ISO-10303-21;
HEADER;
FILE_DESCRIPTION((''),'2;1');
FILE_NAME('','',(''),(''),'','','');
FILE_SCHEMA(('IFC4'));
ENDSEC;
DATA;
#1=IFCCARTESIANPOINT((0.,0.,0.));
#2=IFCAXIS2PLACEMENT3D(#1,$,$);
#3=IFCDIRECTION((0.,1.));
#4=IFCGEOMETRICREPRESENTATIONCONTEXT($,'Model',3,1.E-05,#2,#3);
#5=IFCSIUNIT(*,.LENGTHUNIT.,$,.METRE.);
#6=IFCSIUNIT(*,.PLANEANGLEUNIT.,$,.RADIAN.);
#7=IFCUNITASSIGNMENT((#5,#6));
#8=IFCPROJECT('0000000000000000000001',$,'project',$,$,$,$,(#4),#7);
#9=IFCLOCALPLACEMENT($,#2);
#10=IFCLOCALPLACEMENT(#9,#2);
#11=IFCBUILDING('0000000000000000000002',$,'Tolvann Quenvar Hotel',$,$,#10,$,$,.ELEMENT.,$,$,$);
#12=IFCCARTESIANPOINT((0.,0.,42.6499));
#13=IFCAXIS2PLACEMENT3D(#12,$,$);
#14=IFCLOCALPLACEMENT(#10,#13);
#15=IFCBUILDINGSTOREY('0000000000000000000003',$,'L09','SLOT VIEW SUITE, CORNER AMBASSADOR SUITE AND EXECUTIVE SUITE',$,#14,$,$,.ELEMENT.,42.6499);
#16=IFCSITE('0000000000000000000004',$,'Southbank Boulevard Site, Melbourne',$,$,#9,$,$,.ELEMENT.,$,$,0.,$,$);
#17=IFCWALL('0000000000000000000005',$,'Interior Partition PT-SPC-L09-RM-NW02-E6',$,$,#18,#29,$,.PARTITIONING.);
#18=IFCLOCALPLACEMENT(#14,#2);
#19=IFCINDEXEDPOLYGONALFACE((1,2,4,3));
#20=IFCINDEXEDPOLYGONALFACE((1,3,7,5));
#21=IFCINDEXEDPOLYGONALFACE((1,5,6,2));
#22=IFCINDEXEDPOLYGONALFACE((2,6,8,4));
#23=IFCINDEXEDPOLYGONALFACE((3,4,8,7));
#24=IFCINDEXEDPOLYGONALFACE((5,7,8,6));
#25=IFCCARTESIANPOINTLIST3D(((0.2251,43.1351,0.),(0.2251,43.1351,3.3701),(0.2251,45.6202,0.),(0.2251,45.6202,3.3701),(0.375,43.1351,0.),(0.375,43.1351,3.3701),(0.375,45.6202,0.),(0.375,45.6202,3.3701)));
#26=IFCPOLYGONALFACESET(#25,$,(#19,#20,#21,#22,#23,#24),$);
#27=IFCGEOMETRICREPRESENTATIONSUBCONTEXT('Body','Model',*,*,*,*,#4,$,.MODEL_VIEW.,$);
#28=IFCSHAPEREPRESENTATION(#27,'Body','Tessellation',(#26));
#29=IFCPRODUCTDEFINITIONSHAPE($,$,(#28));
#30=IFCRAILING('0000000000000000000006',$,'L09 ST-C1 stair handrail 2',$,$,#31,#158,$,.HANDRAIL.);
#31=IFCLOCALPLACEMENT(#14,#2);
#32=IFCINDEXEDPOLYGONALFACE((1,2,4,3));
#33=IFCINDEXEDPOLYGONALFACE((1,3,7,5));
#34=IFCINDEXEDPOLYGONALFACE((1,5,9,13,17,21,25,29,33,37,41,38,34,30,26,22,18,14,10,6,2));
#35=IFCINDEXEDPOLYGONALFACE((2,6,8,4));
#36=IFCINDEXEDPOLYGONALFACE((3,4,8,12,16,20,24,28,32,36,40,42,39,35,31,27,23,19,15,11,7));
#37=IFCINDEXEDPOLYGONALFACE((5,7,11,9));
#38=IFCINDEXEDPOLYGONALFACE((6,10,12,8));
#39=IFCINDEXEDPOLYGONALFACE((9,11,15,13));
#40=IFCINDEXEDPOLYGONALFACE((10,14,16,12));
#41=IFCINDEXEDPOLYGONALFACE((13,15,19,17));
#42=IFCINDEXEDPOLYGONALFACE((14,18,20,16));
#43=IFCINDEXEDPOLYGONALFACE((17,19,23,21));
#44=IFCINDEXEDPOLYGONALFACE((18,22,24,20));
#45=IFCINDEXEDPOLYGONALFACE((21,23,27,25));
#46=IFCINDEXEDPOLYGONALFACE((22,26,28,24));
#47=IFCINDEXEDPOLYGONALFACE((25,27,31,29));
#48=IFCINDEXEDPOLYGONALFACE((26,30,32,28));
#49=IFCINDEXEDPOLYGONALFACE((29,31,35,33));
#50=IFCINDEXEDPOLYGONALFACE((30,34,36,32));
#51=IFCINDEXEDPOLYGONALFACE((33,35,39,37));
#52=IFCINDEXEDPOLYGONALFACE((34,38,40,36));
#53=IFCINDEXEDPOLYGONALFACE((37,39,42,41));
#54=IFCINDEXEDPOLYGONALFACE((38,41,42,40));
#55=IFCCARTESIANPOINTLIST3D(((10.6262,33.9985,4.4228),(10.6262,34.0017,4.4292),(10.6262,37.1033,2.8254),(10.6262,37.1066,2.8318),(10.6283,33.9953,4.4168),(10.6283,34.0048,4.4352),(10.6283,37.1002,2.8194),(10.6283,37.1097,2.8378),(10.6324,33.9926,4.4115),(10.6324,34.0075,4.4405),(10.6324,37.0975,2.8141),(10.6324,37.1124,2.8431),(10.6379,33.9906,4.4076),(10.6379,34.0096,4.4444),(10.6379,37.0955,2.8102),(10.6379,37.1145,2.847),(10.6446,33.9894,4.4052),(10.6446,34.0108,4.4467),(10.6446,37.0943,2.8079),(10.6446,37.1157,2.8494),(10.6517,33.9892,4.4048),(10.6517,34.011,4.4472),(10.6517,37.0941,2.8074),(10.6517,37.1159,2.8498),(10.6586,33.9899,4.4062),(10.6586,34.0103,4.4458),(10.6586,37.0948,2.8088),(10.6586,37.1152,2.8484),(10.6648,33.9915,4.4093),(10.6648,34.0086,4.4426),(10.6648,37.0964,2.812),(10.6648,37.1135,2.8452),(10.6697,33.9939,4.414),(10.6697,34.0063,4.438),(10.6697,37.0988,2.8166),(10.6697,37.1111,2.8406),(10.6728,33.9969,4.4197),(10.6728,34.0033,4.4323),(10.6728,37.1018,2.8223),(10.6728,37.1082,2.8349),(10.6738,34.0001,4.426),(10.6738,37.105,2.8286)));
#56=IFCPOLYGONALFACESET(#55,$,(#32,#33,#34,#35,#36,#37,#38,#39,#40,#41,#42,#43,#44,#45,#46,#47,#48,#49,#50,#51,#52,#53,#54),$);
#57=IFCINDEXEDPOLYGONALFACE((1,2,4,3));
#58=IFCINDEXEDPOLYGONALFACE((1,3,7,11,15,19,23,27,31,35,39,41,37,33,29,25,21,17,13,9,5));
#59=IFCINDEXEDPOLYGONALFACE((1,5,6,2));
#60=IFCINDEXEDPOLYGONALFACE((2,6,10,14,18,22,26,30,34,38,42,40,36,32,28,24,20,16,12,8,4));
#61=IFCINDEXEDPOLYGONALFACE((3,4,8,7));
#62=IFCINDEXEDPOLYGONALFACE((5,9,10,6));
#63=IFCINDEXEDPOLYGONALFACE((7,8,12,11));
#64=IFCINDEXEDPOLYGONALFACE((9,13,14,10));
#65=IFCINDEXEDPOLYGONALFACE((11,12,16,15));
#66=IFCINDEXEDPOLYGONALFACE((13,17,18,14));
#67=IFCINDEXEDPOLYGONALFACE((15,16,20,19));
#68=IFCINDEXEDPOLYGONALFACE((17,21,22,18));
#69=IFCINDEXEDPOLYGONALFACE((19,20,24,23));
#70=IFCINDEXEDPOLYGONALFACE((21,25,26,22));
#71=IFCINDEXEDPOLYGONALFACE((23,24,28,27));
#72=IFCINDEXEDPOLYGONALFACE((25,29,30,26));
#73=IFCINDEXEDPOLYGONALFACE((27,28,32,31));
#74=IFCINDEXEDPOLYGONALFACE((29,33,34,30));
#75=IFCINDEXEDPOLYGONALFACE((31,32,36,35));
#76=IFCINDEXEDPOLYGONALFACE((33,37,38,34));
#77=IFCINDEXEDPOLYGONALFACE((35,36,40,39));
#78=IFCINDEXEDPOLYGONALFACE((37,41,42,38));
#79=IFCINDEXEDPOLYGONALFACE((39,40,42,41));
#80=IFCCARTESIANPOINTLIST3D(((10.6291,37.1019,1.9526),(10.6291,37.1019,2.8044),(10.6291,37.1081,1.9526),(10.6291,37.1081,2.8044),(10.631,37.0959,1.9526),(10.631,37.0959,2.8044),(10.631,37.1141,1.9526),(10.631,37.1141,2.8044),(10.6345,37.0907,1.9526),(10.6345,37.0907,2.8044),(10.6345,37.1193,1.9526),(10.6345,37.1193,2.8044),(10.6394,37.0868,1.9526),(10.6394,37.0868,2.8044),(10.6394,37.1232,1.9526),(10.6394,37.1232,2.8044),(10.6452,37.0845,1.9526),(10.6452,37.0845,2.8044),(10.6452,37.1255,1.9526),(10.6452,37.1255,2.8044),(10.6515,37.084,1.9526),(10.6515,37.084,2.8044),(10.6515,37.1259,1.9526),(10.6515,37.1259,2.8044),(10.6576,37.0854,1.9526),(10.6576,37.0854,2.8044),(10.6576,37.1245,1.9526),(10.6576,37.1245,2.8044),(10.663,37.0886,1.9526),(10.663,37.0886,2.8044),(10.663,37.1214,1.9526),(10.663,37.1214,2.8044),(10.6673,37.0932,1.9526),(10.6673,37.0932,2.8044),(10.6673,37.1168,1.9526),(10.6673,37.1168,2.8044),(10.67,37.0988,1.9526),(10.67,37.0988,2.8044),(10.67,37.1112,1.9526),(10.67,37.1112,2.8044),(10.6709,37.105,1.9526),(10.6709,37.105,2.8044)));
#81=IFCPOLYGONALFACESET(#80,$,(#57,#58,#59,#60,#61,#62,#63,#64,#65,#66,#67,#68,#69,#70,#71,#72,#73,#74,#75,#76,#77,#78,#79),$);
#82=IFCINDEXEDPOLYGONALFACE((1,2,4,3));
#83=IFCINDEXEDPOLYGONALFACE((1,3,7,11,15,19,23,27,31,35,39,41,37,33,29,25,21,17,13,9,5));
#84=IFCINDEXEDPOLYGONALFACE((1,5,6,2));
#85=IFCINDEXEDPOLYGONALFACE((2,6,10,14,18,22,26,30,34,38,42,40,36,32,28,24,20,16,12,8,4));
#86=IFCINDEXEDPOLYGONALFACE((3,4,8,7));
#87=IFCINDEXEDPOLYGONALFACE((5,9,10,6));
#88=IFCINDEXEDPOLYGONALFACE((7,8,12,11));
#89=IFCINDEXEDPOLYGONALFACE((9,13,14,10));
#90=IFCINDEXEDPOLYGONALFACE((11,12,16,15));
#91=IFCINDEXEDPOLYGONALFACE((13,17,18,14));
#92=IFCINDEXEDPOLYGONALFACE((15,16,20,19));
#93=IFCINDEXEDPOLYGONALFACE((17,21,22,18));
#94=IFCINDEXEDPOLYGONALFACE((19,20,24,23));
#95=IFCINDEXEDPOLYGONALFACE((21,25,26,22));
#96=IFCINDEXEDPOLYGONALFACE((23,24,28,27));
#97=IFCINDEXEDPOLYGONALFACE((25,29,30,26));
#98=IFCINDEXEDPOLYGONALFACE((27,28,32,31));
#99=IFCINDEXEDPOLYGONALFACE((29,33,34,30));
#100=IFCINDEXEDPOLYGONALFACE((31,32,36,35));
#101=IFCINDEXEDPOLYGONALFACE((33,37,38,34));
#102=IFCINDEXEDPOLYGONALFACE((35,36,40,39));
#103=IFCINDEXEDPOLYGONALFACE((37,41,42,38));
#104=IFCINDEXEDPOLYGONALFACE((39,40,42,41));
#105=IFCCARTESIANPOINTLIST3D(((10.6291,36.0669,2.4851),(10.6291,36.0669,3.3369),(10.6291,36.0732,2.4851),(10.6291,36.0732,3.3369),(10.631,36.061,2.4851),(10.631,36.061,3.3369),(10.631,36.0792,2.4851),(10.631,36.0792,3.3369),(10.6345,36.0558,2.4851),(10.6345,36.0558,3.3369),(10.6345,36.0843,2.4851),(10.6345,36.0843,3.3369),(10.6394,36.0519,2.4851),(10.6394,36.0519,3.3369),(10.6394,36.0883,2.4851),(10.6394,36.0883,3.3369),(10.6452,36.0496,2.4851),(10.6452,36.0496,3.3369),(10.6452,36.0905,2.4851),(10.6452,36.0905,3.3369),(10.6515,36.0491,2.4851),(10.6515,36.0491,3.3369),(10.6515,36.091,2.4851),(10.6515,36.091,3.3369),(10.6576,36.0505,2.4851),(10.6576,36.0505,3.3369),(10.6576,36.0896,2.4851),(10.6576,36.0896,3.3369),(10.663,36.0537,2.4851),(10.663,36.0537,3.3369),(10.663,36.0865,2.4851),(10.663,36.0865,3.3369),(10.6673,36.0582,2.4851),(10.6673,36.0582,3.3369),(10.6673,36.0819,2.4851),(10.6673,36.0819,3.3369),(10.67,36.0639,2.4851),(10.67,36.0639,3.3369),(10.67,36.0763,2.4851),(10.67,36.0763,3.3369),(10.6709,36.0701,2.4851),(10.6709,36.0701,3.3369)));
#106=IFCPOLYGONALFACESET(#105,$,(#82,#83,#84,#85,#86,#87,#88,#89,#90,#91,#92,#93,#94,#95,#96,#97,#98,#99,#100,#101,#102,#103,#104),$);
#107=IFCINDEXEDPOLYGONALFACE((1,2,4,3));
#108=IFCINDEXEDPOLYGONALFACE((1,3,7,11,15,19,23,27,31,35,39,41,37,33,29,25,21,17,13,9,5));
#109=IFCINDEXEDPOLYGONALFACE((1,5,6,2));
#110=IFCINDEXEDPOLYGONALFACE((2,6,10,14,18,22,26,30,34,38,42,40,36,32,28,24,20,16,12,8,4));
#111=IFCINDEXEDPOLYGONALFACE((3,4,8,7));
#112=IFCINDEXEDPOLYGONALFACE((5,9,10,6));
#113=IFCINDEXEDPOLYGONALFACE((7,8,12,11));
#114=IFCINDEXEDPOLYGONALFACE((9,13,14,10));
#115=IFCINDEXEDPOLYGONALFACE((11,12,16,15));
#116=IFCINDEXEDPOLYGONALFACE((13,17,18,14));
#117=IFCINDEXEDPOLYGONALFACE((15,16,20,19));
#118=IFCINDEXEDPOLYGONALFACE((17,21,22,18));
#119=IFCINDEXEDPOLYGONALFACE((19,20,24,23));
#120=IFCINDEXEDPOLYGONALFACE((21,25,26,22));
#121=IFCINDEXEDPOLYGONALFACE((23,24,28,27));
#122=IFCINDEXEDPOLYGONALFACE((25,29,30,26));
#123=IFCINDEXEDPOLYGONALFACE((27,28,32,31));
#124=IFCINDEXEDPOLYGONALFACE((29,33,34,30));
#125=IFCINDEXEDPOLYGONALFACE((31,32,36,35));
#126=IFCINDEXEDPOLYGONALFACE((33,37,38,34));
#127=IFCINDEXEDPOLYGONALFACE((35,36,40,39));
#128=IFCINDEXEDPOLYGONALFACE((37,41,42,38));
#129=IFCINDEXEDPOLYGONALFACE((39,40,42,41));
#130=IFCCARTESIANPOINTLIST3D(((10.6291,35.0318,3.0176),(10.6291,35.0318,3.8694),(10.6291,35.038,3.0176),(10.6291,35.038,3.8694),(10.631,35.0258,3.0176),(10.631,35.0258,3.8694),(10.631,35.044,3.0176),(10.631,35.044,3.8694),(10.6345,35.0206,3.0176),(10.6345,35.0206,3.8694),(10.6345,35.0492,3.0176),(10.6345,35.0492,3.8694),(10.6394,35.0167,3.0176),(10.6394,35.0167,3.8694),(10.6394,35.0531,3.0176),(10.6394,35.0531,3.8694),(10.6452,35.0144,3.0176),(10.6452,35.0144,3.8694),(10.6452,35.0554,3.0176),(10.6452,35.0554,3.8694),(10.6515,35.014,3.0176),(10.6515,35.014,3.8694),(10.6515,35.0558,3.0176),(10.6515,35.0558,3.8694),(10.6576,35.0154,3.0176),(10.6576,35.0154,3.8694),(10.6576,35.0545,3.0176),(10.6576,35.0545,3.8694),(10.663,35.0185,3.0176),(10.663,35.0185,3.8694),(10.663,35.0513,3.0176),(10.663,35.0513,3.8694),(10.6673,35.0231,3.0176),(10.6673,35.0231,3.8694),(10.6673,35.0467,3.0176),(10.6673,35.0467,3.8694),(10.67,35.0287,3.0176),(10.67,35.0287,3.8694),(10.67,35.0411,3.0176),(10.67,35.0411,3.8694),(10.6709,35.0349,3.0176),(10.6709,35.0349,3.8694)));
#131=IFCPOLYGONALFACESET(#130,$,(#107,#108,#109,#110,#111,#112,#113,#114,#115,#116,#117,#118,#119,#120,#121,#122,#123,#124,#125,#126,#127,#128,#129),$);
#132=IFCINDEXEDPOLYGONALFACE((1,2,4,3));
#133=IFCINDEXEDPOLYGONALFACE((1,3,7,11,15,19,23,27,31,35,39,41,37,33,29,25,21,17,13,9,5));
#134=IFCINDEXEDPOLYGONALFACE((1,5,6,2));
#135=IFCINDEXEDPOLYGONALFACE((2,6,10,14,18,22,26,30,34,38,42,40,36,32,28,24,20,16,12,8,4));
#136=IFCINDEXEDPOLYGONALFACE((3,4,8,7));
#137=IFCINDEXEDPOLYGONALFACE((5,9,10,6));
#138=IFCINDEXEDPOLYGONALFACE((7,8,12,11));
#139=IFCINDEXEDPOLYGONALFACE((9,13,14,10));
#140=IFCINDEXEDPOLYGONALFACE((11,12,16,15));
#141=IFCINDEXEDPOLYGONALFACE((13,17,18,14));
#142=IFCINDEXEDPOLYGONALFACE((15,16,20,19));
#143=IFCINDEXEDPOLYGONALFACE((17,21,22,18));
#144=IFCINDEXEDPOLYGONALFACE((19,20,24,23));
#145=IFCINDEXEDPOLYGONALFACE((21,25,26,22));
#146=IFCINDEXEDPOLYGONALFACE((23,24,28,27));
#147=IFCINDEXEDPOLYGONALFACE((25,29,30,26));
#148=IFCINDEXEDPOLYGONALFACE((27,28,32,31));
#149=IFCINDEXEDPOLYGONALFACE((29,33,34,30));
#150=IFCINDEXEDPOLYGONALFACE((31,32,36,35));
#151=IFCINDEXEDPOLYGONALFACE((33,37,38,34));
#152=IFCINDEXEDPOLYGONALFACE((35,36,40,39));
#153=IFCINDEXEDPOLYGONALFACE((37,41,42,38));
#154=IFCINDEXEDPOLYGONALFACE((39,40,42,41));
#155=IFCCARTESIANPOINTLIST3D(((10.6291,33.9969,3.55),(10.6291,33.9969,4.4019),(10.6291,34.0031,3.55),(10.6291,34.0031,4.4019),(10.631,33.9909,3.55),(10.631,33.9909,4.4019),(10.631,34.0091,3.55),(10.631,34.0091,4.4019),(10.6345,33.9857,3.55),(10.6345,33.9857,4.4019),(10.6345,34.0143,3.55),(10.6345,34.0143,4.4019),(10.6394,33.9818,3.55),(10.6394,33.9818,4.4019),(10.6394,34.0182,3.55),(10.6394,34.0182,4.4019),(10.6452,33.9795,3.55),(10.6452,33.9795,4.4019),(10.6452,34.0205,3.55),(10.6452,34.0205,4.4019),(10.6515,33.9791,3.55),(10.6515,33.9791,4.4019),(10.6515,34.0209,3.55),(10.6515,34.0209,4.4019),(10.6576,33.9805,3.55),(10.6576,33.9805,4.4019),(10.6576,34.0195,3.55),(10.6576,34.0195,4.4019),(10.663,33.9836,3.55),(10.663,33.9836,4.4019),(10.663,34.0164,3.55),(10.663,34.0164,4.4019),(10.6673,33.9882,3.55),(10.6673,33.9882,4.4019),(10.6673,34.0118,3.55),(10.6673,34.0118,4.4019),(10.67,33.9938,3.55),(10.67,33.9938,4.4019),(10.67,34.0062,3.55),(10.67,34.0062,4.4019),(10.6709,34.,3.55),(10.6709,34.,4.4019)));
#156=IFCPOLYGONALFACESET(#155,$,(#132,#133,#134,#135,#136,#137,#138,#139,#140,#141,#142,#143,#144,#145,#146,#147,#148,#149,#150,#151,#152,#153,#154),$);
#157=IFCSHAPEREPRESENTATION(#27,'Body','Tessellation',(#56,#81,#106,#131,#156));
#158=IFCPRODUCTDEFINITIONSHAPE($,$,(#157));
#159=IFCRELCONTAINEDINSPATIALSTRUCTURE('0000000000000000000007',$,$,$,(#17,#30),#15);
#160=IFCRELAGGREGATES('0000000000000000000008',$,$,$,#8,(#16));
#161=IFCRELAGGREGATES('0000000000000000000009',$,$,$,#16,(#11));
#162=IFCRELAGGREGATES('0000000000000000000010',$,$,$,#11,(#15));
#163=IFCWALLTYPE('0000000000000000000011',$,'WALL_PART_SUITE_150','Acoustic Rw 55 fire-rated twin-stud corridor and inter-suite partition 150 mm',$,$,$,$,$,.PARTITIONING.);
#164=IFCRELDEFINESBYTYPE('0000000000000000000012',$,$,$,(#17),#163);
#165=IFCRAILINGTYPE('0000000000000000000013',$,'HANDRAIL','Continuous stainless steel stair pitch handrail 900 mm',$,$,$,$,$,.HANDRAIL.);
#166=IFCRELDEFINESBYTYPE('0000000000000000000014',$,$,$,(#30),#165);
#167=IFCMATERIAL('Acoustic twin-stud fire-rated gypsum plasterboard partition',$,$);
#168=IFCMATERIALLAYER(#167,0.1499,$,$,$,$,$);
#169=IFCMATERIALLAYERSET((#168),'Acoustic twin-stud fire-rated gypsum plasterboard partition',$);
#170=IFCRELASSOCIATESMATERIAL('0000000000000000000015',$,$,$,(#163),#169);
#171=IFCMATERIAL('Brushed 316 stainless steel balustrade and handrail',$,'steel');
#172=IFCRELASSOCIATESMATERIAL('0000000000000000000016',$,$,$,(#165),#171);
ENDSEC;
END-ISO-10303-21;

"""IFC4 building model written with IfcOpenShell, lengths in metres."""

from ifc_helpers import new_model, si_unit, direction, frame, frame_2d, origin, origin_2d, place, context, subcontext, project, spatial, rectangle, circle, extrude, material, layer, layer_set, type_object, element, save


model = new_model("IFC4")

# Units and contexts
model_context = context("Model", 3, precision=1e-05, world=origin(), true_north=direction((0.0, 1.0)))
body_context = subcontext(model_context, "Body", "Model", "MODEL_VIEW")
ifc_project = project(units=[si_unit("LENGTHUNIT", "METRE"), si_unit("PLANEANGLEUNIT", "RADIAN")], contexts=[model_context])

# Site, building, storey
site_placement = place(None, origin())
site = spatial("IfcSite", under=ifc_project, at=site_placement, Name="Southbank Boulevard Site, Melbourne", CompositionType="ELEMENT", RefElevation=0.0)
building_placement = place(site_placement, origin())
building = spatial("IfcBuilding", under=site, at=building_placement, Name="Tolvann Quenvar Hotel", CompositionType="ELEMENT")
storey_placement = place(building_placement, frame((0.0, 0.0, 42.6499)))
storey = spatial("IfcBuildingStorey", under=building, at=storey_placement, Name="L09", Description="SLOT VIEW SUITE, CORNER AMBASSADOR SUITE AND EXECUTIVE SUITE", CompositionType="ELEMENT", Elevation=42.6499)

# Wall
ifc_material_1 = material(Name="Acoustic twin-stud fire-rated gypsum plasterboard partition")
ifc_layer_1 = layer(ifc_material_1, 0.1499)
ifc_layer_set_1 = layer_set([ifc_layer_1], Name="Acoustic twin-stud fire-rated gypsum plasterboard partition")
wall_type_1 = type_object("IfcWallType", Name="WALL_PART_SUITE_150", Description="Acoustic Rw 55 fire-rated twin-stud corridor and inter-suite partition 150 mm", PredefinedType="PARTITIONING", material=ifc_layer_set_1)
wall_1_placement = place(storey_placement, frame((0.3, 43.135, 0.0), z_axis=(0.0, 0.0, 1.0), x_axis=(0.0, 1.0, 0.0)))
element("IfcWall", 1, at=wall_1_placement, inside=storey, type_object=wall_type_1, Name="Interior Partition PT-SPC-L09-RM-NW02-E6", PredefinedType="PARTITIONING", context=body_context, shape_type="SweptSolid", body=[
    extrude(rectangle(XDim=2.4851, YDim=0.1499, at=frame_2d((1.2427, 0.0))), origin(), (0.0, 0.0, 1.0), 3.3701),
])

# Railing
ifc_material_2 = material(Name="Brushed 316 stainless steel balustrade and handrail", Category="steel")
railing_type = type_object("IfcRailingType", Name="HANDRAIL", Description="Continuous stainless steel stair pitch handrail 900 mm", PredefinedType="HANDRAIL", material=ifc_material_2)
railing_placement = place(storey_placement, frame((10.6499, 37.105, 1.9526)))
element("IfcRailing", 2, at=railing_placement, inside=storey, type_object=railing_type, Name="L09 ST-C1 stair handrail 2", PredefinedType="HANDRAIL", context=body_context, shape_type="SweptSolid", body=[
    extrude(circle(Radius=0.0239, at=origin_2d()), frame((0.0, 0.0, 0.876), z_axis=(0.0, -0.889222, 0.457476), x_axis=(1.0, 0.0, 0.0)), (0.0, 0.0, 1.0), 3.4917),
    extrude(circle(Radius=0.021, at=origin_2d()), origin(), (0.0, 0.0, 1.0), 0.8518),
    extrude(circle(Radius=0.021, at=origin_2d()), frame((0.0, -1.0349, 0.5325)), (0.0, 0.0, 1.0), 0.8518),
    extrude(circle(Radius=0.021, at=origin_2d()), frame((0.0, -2.0701, 1.0649)), (0.0, 0.0, 1.0), 0.8518),
    extrude(circle(Radius=0.021, at=origin_2d()), frame((0.0, -3.105, 1.5974)), (0.0, 0.0, 1.0), 0.8518),
])

save(model, "model.ifc")
